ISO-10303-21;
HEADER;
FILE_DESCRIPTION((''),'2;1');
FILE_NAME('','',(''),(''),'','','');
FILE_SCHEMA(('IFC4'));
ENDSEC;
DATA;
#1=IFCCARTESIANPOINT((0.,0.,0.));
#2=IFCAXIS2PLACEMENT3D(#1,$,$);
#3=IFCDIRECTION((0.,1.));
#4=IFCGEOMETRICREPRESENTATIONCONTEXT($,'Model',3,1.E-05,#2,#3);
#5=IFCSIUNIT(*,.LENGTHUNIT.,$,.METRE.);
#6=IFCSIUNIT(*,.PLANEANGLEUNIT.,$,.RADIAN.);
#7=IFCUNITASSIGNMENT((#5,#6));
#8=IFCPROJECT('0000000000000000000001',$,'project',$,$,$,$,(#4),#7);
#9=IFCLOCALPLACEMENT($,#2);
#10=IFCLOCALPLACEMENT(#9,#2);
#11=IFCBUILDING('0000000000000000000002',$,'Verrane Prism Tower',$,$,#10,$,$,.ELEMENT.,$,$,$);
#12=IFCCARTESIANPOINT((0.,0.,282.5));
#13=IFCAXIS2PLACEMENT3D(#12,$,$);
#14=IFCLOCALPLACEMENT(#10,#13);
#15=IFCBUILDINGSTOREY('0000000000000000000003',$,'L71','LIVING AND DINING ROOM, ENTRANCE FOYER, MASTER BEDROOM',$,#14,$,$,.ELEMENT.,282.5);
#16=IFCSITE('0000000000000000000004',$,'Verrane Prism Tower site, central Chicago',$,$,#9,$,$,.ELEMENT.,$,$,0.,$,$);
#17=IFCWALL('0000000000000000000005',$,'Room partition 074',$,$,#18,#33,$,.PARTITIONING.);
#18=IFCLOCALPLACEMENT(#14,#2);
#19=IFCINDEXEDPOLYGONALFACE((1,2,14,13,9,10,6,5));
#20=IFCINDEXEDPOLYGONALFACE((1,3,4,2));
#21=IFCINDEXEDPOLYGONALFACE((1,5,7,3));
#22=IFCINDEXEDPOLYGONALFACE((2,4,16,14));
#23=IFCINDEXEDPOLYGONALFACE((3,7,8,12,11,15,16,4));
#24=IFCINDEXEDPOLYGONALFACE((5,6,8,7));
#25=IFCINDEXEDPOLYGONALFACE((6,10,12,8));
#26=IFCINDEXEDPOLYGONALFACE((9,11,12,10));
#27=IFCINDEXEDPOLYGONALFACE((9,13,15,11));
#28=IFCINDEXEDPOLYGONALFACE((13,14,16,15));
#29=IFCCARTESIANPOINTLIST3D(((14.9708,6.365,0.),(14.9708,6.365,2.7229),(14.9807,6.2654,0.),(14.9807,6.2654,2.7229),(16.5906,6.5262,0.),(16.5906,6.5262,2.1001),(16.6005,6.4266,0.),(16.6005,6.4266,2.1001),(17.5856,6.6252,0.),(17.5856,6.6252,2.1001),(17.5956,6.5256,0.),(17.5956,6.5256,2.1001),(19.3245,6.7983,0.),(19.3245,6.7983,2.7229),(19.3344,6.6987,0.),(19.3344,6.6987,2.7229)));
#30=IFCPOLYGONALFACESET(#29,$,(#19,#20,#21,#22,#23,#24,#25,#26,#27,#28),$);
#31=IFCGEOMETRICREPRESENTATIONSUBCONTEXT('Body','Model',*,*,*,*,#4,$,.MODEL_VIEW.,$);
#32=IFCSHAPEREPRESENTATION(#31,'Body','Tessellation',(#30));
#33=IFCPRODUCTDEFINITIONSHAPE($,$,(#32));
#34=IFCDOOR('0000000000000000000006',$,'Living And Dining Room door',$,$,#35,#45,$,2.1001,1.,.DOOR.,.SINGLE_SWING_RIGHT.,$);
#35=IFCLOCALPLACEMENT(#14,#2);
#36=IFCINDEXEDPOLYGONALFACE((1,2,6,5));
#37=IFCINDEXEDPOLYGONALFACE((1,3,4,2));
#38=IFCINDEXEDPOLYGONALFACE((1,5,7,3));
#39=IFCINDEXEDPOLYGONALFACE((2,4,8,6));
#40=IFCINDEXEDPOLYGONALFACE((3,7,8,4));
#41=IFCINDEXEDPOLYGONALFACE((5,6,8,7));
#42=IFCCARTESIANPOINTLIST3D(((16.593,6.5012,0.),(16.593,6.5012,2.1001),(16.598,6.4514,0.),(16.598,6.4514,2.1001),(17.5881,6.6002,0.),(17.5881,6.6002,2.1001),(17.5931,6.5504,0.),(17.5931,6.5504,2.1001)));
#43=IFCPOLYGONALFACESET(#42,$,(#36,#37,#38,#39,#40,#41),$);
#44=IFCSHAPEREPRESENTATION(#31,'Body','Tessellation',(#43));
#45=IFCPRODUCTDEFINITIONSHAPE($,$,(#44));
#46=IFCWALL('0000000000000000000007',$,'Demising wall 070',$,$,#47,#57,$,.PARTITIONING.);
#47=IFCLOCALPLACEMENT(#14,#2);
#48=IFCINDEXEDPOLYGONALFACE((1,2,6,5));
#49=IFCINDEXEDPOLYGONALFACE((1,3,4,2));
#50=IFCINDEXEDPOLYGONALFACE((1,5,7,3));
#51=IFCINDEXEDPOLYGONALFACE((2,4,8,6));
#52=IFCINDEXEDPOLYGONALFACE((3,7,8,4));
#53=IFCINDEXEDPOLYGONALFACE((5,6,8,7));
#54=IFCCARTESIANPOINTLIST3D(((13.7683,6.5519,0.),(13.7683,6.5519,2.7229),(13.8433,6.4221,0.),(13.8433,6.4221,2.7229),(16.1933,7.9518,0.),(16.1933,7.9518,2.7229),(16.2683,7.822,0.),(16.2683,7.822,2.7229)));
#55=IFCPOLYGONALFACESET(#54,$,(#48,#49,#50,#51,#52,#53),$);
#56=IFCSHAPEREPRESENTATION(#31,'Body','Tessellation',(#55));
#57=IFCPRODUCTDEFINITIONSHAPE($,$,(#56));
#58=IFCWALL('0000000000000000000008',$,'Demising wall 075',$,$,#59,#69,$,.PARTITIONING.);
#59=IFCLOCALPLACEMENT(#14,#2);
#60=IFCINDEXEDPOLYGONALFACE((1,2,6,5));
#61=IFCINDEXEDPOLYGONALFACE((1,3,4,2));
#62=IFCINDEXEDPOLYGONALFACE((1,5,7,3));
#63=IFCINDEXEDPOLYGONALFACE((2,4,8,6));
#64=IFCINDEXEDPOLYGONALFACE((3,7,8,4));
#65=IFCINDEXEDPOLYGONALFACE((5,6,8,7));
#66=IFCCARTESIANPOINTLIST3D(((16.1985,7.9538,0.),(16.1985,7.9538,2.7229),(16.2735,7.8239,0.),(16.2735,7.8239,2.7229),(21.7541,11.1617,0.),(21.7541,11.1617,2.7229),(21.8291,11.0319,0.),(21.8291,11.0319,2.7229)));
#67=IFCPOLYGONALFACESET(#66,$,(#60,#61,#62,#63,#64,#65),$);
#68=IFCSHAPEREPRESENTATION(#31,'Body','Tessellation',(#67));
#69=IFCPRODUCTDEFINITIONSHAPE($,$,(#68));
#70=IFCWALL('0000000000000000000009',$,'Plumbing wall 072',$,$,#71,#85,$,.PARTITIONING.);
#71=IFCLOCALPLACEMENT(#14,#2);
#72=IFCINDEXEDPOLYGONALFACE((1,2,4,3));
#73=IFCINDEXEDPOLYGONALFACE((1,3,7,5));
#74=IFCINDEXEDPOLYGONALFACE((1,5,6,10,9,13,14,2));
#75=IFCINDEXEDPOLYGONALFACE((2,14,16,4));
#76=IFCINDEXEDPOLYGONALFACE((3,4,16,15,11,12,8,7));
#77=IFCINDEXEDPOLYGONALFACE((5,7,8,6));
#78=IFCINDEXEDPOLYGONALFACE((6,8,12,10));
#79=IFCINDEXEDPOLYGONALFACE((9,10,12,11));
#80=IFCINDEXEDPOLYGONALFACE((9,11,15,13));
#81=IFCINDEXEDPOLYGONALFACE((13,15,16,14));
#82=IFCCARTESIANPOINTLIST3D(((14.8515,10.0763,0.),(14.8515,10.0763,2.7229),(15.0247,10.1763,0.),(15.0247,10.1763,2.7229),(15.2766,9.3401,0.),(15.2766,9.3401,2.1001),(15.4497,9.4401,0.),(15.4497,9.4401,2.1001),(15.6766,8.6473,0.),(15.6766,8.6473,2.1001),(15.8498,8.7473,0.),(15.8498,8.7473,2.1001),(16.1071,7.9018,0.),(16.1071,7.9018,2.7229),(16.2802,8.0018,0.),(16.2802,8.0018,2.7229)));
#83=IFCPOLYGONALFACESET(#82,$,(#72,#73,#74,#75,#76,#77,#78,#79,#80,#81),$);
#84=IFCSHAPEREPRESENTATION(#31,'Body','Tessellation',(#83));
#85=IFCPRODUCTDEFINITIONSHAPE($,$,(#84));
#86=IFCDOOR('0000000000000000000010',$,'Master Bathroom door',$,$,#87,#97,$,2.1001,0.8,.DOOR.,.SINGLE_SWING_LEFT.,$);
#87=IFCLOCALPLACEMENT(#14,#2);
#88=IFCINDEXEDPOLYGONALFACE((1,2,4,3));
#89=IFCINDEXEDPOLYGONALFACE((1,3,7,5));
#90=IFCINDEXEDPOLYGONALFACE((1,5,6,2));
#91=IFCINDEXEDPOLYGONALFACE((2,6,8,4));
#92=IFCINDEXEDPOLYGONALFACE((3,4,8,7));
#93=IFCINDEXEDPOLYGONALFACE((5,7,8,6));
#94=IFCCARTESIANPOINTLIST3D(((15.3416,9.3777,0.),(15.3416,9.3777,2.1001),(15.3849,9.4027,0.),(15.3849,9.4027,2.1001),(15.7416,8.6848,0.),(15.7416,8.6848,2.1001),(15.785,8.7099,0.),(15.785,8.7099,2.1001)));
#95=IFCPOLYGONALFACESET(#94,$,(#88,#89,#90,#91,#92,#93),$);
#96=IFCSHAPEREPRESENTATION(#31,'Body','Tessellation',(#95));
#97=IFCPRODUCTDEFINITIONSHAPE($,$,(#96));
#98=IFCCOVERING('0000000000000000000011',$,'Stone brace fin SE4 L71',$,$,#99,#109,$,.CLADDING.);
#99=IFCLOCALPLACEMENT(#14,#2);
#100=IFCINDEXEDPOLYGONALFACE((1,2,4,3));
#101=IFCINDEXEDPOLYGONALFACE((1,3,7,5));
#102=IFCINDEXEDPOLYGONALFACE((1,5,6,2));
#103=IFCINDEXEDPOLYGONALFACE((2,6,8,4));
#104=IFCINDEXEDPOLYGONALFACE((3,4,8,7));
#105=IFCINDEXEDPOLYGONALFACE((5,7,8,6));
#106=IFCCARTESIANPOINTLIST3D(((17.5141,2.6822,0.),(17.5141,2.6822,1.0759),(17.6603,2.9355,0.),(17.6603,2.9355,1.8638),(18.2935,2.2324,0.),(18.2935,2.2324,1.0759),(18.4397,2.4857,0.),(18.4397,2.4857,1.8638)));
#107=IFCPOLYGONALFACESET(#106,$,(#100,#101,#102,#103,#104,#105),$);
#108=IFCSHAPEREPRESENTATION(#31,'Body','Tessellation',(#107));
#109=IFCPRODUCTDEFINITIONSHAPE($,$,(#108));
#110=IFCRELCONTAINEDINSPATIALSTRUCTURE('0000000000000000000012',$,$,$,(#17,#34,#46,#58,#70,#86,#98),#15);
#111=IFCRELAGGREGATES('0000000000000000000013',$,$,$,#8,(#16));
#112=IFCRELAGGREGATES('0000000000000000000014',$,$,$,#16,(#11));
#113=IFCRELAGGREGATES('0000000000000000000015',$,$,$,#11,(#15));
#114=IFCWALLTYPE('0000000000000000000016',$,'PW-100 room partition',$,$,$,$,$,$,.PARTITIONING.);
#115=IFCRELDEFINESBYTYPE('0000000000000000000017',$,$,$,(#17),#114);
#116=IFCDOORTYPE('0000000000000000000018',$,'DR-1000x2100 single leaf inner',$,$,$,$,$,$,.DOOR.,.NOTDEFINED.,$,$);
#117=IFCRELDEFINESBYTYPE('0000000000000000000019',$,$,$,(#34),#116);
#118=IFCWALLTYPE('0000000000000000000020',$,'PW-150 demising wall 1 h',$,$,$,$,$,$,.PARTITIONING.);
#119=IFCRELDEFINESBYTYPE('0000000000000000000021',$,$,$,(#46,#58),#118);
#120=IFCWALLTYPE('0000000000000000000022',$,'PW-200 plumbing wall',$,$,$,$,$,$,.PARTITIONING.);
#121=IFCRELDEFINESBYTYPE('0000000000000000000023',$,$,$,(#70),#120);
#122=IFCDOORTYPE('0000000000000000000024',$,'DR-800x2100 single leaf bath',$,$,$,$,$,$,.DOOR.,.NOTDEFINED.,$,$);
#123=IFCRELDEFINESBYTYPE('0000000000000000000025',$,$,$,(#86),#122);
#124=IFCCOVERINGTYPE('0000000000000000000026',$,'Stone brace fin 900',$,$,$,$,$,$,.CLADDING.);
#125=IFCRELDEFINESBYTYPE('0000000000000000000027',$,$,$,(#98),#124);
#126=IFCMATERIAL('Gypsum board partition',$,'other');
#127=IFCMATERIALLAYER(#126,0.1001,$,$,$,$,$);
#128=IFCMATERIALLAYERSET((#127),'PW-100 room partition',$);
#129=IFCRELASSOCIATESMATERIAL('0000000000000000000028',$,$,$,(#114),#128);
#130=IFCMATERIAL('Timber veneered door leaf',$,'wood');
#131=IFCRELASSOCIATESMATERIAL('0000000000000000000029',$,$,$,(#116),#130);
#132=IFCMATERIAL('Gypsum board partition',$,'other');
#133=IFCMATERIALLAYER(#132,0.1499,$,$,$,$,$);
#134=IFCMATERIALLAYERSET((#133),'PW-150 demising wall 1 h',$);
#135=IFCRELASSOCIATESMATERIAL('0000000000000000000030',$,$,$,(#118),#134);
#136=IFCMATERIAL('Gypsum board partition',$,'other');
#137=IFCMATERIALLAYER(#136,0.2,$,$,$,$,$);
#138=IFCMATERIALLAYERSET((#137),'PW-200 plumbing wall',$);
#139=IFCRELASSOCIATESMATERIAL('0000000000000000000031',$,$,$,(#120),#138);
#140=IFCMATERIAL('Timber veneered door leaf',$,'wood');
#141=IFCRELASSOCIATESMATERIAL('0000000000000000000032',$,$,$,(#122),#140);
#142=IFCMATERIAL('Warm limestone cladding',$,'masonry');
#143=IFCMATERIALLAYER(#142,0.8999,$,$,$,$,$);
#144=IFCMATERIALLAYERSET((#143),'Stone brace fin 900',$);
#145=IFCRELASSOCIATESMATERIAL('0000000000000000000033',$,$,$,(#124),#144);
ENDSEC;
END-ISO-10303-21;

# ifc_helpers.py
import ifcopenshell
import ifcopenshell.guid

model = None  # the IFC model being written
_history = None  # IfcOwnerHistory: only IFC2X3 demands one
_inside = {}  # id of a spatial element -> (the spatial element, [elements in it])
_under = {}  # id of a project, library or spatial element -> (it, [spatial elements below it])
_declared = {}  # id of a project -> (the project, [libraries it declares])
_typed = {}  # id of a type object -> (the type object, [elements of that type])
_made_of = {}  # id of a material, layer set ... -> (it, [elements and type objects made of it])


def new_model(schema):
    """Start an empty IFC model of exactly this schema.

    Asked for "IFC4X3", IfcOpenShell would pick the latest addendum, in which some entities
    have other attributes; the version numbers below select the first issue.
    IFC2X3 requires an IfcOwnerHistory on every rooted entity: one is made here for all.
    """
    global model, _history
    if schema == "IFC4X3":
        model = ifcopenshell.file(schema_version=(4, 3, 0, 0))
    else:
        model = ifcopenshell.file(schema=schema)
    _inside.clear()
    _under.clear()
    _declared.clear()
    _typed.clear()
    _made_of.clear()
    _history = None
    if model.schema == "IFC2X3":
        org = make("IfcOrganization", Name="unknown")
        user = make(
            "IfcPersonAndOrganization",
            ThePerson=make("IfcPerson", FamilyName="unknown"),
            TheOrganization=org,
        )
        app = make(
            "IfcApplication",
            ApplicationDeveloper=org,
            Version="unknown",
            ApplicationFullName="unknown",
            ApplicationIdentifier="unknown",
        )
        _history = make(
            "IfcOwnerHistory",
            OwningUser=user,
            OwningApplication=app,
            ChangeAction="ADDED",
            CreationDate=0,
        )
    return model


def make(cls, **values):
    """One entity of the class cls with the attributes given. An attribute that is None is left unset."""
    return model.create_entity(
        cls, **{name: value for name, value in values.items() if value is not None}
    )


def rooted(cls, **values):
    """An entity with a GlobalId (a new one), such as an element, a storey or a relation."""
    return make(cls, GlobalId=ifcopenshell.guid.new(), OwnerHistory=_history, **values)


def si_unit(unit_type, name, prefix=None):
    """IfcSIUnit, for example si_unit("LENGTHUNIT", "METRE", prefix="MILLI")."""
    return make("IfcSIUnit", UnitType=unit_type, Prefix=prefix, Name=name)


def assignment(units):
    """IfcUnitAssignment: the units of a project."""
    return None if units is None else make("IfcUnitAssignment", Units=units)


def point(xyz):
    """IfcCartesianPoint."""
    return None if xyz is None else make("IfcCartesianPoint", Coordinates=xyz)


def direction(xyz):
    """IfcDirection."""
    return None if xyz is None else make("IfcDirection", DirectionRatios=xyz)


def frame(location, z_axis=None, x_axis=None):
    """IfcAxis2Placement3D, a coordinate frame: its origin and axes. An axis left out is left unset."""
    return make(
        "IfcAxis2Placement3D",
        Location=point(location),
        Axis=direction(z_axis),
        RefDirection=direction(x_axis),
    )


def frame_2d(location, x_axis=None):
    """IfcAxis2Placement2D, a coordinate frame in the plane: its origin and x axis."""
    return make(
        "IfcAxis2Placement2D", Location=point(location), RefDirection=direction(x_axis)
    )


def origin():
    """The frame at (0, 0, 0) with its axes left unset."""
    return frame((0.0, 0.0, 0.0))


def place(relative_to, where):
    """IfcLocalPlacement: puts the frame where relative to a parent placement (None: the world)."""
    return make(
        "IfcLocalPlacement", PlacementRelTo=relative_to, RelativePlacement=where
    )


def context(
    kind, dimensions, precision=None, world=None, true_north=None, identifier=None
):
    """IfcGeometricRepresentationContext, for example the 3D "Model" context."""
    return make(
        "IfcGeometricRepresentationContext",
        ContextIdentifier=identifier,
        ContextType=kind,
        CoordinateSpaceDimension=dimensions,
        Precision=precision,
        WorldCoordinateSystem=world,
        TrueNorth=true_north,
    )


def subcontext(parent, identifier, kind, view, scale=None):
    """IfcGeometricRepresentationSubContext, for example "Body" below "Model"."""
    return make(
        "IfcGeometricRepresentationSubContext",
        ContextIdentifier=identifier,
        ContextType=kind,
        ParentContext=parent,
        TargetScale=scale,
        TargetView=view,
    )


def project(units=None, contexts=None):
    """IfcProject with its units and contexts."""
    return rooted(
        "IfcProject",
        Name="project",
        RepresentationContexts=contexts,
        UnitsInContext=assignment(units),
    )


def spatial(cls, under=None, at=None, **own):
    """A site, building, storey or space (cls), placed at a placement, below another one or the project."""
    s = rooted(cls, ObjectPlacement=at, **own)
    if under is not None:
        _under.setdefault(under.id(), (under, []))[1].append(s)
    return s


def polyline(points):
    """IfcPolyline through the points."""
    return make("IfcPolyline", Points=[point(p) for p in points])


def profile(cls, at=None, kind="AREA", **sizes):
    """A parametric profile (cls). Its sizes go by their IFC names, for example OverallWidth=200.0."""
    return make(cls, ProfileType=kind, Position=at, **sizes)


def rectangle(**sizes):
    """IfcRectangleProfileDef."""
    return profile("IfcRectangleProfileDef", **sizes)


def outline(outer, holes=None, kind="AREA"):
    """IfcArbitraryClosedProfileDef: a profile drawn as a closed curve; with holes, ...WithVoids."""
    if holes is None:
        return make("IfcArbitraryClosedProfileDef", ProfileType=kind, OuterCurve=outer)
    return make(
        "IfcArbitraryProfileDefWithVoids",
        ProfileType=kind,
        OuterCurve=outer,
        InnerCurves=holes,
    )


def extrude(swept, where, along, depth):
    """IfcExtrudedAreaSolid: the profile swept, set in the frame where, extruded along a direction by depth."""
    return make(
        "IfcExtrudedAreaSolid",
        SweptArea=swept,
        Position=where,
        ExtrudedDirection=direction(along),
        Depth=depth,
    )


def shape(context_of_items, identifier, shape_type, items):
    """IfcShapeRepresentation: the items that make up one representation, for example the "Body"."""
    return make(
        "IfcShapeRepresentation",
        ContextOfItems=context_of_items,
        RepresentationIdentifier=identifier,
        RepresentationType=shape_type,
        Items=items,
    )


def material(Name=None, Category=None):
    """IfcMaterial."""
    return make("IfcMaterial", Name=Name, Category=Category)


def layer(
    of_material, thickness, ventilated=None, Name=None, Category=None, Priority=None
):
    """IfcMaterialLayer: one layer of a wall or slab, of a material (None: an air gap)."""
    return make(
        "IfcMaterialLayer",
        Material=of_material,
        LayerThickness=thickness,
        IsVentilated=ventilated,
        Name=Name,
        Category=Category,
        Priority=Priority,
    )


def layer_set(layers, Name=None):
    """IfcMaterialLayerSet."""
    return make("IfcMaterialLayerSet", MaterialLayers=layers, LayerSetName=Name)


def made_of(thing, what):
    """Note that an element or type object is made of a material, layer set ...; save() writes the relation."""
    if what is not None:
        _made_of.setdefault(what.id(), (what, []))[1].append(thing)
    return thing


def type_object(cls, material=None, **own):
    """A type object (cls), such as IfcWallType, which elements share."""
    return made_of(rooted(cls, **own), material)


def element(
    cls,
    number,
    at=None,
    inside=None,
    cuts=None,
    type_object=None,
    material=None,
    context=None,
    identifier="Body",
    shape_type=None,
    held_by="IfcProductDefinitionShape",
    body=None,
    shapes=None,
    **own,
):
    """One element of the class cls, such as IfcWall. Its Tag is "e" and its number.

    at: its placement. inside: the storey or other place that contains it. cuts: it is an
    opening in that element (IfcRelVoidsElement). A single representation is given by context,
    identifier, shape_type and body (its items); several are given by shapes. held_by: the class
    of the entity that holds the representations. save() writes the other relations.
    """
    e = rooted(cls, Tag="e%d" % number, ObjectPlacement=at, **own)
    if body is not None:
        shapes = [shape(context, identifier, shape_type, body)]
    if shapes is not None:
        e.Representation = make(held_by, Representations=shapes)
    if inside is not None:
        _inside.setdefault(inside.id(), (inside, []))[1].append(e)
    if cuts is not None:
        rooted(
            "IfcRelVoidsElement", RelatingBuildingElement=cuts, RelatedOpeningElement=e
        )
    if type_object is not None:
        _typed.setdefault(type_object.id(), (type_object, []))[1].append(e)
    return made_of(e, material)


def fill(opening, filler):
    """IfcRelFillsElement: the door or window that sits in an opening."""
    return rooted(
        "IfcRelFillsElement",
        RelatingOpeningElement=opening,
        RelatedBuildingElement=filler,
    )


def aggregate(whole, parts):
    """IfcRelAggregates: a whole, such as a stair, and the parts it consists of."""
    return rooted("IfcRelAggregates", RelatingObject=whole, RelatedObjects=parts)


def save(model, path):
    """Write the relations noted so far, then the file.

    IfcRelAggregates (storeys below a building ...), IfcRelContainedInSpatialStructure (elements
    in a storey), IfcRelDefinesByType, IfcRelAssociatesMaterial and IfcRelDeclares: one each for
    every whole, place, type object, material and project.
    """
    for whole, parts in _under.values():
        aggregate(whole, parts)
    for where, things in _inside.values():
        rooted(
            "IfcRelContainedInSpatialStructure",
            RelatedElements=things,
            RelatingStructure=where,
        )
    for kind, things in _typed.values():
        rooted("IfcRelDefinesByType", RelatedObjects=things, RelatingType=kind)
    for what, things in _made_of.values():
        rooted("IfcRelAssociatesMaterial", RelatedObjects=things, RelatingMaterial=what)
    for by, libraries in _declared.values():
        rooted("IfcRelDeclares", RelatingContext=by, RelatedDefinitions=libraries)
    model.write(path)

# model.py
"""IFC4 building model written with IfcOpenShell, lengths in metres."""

from ifc_helpers import new_model, si_unit, direction, frame, frame_2d, origin, place, context, subcontext, project, spatial, polyline, rectangle, outline, extrude, material, layer, layer_set, type_object, element, fill, save


model = new_model("IFC4")

# Units and contexts
model_context = context("Model", 3, precision=1e-05, world=origin(), true_north=direction((0.0, 1.0)))
body_context = subcontext(model_context, "Body", "Model", "MODEL_VIEW")
ifc_project = project(units=[si_unit("LENGTHUNIT", "METRE"), si_unit("PLANEANGLEUNIT", "RADIAN")], contexts=[model_context])

# Site, building, storey
site_placement = place(None, origin())
site = spatial("IfcSite", under=ifc_project, at=site_placement, Name="Verrane Prism Tower site, central Chicago", CompositionType="ELEMENT", RefElevation=0.0)
building_placement = place(site_placement, origin())
building = spatial("IfcBuilding", under=site, at=building_placement, Name="Verrane Prism Tower", CompositionType="ELEMENT")
storey_placement = place(building_placement, frame((0.0, 0.0, 282.5)))
storey = spatial("IfcBuildingStorey", under=building, at=storey_placement, Name="L71", Description="LIVING AND DINING ROOM, ENTRANCE FOYER, MASTER BEDROOM", CompositionType="ELEMENT", Elevation=282.5)

# Shared definitions
ifc_material_1 = material(Name="Gypsum board partition", Category="other")
ifc_layer_1 = layer(ifc_material_1, 0.1001)
ifc_layer_set_1 = layer_set([ifc_layer_1], Name="PW-100 room partition")
wall_type_1 = type_object("IfcWallType", Name="PW-100 room partition", PredefinedType="PARTITIONING", material=ifc_layer_set_1)

# Wall, opening, door
wall_1_placement = place(storey_placement, frame((14.9758, 6.3152, 0.0), z_axis=(0.0, 0.0, 1.0), x_axis=(0.995083, 0.099045, 0.0)))
wall_1 = element("IfcWall", 1, at=wall_1_placement, inside=storey, type_object=wall_type_1, Name="Room partition 074", PredefinedType="PARTITIONING", context=body_context, shape_type="SweptSolid", body=[
    extrude(rectangle(XDim=4.3752, YDim=0.1001, at=frame_2d((2.1875, 0.0))), origin(), (0.0, 0.0, 1.0), 2.7229),
])
opening_1_placement = place(wall_1_placement, frame((1.6277, 0.0, 0.0)))
opening_1 = element("IfcOpeningElement", 2, at=opening_1_placement, cuts=wall_1, PredefinedType="OPENING", context=body_context, shape_type="SweptSolid", body=[
    extrude(rectangle(XDim=1.0, YDim=2.1001, at=frame_2d((0.5, 1.05))), frame((0.0, 0.0601, 0.0), z_axis=(0.0, -1.0, 0.0), x_axis=(1.0, 0.0, 0.0)), (0.0, 0.0, 1.0), 0.1201),
])
ifc_material_2 = material(Name="Timber veneered door leaf", Category="wood")
door_type_1 = type_object("IfcDoorType", Name="DR-1000x2100 single leaf inner", OperationType="NOTDEFINED", PredefinedType="DOOR", material=ifc_material_2)
door_1_placement = place(opening_1_placement, origin())
door_1 = element("IfcDoor", 3, at=door_1_placement, inside=storey, type_object=door_type_1, Name="Living And Dining Room door", OperationType="SINGLE_SWING_RIGHT", OverallHeight=2.1001, OverallWidth=1.0, PredefinedType="DOOR", context=body_context, shape_type="SweptSolid", body=[
    extrude(rectangle(XDim=1.0, YDim=2.1001, at=frame_2d((0.5, 1.05))), frame((0.0, 0.0249, 0.0), z_axis=(0.0, -1.0, 0.0), x_axis=(1.0, 0.0, 0.0)), (0.0, 0.0, 1.0), 0.05),
])
fill(opening_1, door_1)

# Walls
ifc_material_3 = material(Name="Gypsum board partition", Category="other")
ifc_layer_2 = layer(ifc_material_3, 0.1499)
ifc_layer_set_2 = layer_set([ifc_layer_2], Name="PW-150 demising wall 1 h")
wall_type_2 = type_object("IfcWallType", Name="PW-150 demising wall 1 h", PredefinedType="PARTITIONING", material=ifc_layer_set_2)
wall_2_placement = place(storey_placement, frame((13.8059, 6.4871, 0.0), z_axis=(0.0, 0.0, 1.0), x_axis=(0.866056, 0.499946, 0.0)))
element("IfcWall", 4, at=wall_2_placement, inside=storey, type_object=wall_type_2, Name="Demising wall 070", PredefinedType="PARTITIONING", context=body_context, shape_type="SweptSolid", body=[
    extrude(rectangle(XDim=2.8, YDim=0.1499, at=frame_2d((1.3999, 0.0))), origin(), (0.0, 0.0, 1.0), 2.7229),
])
wall_3_placement = place(storey_placement, frame((16.2361, 7.8889, 0.0), z_axis=(0.0, 0.0, 1.0), x_axis=(0.865995, 0.500052, 0.0)))
element("IfcWall", 5, at=wall_3_placement, inside=storey, type_object=wall_type_2, Name="Demising wall 075", PredefinedType="PARTITIONING", context=body_context, shape_type="SweptSolid", body=[
    extrude(rectangle(XDim=6.4153, YDim=0.1499, at=frame_2d((3.2075, 0.0))), origin(), (0.0, 0.0, 1.0), 2.7229),
])

# Wall, opening, door
ifc_material_4 = material(Name="Gypsum board partition", Category="other")
ifc_layer_3 = layer(ifc_material_4, 0.2)
ifc_layer_set_3 = layer_set([ifc_layer_3], Name="PW-200 plumbing wall")
wall_type_3 = type_object("IfcWallType", Name="PW-200 plumbing wall", PredefinedType="PARTITIONING", material=ifc_layer_set_3)
wall_4_placement = place(storey_placement, frame((16.1936, 7.9519, 0.0), z_axis=(0.0, 0.0, 1.0), x_axis=(-0.500039, 0.866003, 0.0)))
wall_4 = element("IfcWall", 6, at=wall_4_placement, inside=storey, type_object=wall_type_3, Name="Plumbing wall 072", PredefinedType="PARTITIONING", context=body_context, shape_type="SweptSolid", body=[
    extrude(rectangle(XDim=2.511, YDim=0.2, at=frame_2d((1.2554, 0.0))), origin(), (0.0, 0.0, 1.0), 2.7229),
])
opening_2_placement = place(wall_4_placement, frame((0.8608, 0.0, 0.0)))
opening_2 = element("IfcOpeningElement", 7, at=opening_2_placement, cuts=wall_4, PredefinedType="OPENING", context=body_context, shape_type="SweptSolid", body=[
    extrude(rectangle(XDim=0.8, YDim=2.1001, at=frame_2d((0.3999, 1.05))), frame((0.0, 0.1099, 0.0), z_axis=(0.0, -1.0, 0.0), x_axis=(1.0, 0.0, 0.0)), (0.0, 0.0, 1.0), 0.22),
])
ifc_material_5 = material(Name="Timber veneered door leaf", Category="wood")
door_type_2 = type_object("IfcDoorType", Name="DR-800x2100 single leaf bath", OperationType="NOTDEFINED", PredefinedType="DOOR", material=ifc_material_5)
door_2_placement = place(opening_2_placement, origin())
door_2 = element("IfcDoor", 8, at=door_2_placement, inside=storey, type_object=door_type_2, Name="Master Bathroom door", OperationType="SINGLE_SWING_LEFT", OverallHeight=2.1001, OverallWidth=0.8, PredefinedType="DOOR", context=body_context, shape_type="SweptSolid", body=[
    extrude(rectangle(XDim=0.8, YDim=2.1001, at=frame_2d((0.3999, 1.05))), frame((0.0, 0.0249, 0.0), z_axis=(0.0, -1.0, 0.0), x_axis=(1.0, 0.0, 0.0)), (0.0, 0.0, 1.0), 0.05),
])
fill(opening_2, door_2)

# Covering
ifc_material_6 = material(Name="Warm limestone cladding", Category="masonry")
ifc_layer_4 = layer(ifc_material_6, 0.8999)
ifc_layer_set_4 = layer_set([ifc_layer_4], Name="Stone brace fin 900")
covering_type = type_object("IfcCoveringType", Name="Stone brace fin 900", PredefinedType="CLADDING", material=ifc_layer_set_4)
covering_placement = place(storey_placement, frame((17.9038, 2.4573, 0.0), z_axis=(0.0, 0.0, 1.0), x_axis=(0.499819, 0.86613, 0.0)))
element("IfcCovering", 9, at=covering_placement, inside=storey, type_object=covering_type, Name="Stone brace fin SE4 L71", PredefinedType="CLADDING", context=body_context, shape_type="SweptSolid", body=[
    extrude(outline(polyline([(0.0, 0.0), (0.2925, 0.0), (0.2925, 1.8638), (0.0, 1.0759), (0.0, 0.0)])), frame((0.0, 0.45, 0.0), z_axis=(0.0, -1.0, 0.0), x_axis=(1.0, 0.0, 0.0)), (0.0, 0.0, 1.0), 0.8999),
])

save(model, "model.ifc")
